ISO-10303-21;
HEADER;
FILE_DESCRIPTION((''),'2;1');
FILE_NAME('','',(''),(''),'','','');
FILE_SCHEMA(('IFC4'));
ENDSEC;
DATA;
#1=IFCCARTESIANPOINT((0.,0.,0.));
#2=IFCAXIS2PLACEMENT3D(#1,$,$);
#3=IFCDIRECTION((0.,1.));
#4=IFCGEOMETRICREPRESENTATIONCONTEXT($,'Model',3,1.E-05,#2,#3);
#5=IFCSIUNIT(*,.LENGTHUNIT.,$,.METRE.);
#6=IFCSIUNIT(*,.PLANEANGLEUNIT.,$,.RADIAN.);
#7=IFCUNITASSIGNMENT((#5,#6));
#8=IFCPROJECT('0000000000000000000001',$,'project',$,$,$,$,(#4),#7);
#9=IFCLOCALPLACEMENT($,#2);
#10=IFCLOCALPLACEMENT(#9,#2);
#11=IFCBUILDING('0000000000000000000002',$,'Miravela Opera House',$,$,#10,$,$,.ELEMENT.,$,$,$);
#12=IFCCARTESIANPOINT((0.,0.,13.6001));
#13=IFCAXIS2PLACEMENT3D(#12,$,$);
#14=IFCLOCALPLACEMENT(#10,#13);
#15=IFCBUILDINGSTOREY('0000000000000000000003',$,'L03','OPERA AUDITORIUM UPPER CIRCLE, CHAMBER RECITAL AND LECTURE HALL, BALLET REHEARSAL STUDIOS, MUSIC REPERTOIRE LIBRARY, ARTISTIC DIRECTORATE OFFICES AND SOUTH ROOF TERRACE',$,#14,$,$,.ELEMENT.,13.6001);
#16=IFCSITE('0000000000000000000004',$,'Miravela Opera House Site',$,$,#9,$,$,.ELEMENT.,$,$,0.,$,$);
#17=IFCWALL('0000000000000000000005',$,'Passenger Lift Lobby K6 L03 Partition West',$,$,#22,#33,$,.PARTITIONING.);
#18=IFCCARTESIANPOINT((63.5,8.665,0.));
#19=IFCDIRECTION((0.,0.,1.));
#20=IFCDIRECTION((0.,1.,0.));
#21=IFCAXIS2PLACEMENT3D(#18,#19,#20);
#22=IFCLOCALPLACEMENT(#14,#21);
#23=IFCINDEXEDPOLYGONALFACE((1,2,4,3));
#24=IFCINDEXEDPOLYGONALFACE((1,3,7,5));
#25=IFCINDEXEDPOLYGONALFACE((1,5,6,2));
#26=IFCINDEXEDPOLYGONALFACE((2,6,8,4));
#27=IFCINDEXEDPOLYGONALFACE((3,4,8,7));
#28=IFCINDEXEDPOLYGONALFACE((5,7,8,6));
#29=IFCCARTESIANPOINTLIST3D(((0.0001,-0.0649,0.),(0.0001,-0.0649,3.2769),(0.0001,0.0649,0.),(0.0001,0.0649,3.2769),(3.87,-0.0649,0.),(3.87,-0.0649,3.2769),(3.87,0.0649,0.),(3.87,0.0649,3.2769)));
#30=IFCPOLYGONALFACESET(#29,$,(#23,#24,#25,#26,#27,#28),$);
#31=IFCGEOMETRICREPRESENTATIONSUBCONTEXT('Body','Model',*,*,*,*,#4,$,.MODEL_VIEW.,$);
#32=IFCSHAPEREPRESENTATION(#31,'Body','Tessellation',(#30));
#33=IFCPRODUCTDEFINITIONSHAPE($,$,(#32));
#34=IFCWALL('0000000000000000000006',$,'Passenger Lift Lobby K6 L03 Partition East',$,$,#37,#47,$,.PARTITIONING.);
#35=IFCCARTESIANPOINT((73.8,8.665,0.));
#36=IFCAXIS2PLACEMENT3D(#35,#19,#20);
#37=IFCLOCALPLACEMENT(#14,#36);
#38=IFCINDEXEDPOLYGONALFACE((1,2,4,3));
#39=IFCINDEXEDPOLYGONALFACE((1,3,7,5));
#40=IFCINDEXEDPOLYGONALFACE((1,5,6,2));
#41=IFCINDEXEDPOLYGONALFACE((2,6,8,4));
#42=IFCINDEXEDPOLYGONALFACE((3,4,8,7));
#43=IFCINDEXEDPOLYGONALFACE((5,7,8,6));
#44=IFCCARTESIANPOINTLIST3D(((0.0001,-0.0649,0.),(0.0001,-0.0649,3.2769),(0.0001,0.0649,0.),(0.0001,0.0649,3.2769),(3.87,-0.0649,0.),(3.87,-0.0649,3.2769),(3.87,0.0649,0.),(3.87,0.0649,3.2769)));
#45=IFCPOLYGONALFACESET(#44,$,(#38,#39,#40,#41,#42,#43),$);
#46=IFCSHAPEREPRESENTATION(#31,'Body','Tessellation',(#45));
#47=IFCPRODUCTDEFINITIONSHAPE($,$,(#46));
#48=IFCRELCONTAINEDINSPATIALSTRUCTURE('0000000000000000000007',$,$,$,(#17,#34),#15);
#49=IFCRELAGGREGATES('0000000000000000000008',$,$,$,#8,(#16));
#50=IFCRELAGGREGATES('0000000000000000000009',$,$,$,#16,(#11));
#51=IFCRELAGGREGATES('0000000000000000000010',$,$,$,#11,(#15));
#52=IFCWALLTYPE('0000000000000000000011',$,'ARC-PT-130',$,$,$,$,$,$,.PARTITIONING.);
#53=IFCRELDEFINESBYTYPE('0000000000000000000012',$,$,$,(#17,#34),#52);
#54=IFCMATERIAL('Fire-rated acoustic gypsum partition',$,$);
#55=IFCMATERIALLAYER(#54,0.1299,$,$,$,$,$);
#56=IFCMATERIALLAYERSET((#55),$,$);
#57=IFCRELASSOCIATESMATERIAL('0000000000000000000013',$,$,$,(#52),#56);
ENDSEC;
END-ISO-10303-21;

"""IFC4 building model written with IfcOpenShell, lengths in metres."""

from ifc_helpers import new_model, si_unit, direction, frame, frame_2d, origin, place, context, subcontext, project, spatial, rectangle, extrude, material, layer, layer_set, type_object, element, save


model = new_model("IFC4")

# Units and contexts
model_context = context("Model", 3, precision=1e-05, world=origin(), true_north=direction((0.0, 1.0)))
body_context = subcontext(model_context, "Body", "Model", "MODEL_VIEW")
ifc_project = project(units=[si_unit("LENGTHUNIT", "METRE"), si_unit("PLANEANGLEUNIT", "RADIAN")], contexts=[model_context])

# Site, building, storey
site_placement = place(None, origin())
site = spatial("IfcSite", under=ifc_project, at=site_placement, Name="Miravela Opera House Site", CompositionType="ELEMENT", RefElevation=0.0)
building_placement = place(site_placement, origin())
building = spatial("IfcBuilding", under=site, at=building_placement, Name="Miravela Opera House", CompositionType="ELEMENT")
storey_placement = place(building_placement, frame((0.0, 0.0, 13.6001)))
storey = spatial("IfcBuildingStorey", under=building, at=storey_placement, Name="L03", Description="OPERA AUDITORIUM UPPER CIRCLE, CHAMBER RECITAL AND LECTURE HALL, BALLET REHEARSAL STUDIOS, MUSIC REPERTOIRE LIBRARY, ARTISTIC DIRECTORATE OFFICES AND SOUTH ROOF TERRACE", CompositionType="ELEMENT", Elevation=13.6001)

# Walls
ifc_material_1 = material(Name="Fire-rated acoustic gypsum partition")
ifc_layer_1 = layer(ifc_material_1, 0.1299)
ifc_layer_set_1 = layer_set([ifc_layer_1])
wall_type_1 = type_object("IfcWallType", Name="ARC-PT-130", PredefinedType="PARTITIONING", material=ifc_layer_set_1)
for number, where, z_axis, x_axis, name in (
    (1, (63.5, 8.665, 0.0), (0.0, 0.0, 1.0), (0.0, 1.0, 0.0), "Passenger Lift Lobby K6 L03 Partition West"),
    (2, (73.8, 8.665, 0.0), (0.0, 0.0, 1.0), (0.0, 1.0, 0.0), "Passenger Lift Lobby K6 L03 Partition East"),
):
    element("IfcWall", number, at=place(storey_placement, frame(where, z_axis=z_axis, x_axis=x_axis)), inside=storey, type_object=wall_type_1, Name=name, PredefinedType="PARTITIONING", context=body_context, shape_type="SweptSolid", body=[
        extrude(rectangle(XDim=3.8699, YDim=0.1299, at=frame_2d((1.9351, 0.0))), origin(), (0.0, 0.0, 1.0), 3.2769),
    ])

save(model, "model.ifc")
